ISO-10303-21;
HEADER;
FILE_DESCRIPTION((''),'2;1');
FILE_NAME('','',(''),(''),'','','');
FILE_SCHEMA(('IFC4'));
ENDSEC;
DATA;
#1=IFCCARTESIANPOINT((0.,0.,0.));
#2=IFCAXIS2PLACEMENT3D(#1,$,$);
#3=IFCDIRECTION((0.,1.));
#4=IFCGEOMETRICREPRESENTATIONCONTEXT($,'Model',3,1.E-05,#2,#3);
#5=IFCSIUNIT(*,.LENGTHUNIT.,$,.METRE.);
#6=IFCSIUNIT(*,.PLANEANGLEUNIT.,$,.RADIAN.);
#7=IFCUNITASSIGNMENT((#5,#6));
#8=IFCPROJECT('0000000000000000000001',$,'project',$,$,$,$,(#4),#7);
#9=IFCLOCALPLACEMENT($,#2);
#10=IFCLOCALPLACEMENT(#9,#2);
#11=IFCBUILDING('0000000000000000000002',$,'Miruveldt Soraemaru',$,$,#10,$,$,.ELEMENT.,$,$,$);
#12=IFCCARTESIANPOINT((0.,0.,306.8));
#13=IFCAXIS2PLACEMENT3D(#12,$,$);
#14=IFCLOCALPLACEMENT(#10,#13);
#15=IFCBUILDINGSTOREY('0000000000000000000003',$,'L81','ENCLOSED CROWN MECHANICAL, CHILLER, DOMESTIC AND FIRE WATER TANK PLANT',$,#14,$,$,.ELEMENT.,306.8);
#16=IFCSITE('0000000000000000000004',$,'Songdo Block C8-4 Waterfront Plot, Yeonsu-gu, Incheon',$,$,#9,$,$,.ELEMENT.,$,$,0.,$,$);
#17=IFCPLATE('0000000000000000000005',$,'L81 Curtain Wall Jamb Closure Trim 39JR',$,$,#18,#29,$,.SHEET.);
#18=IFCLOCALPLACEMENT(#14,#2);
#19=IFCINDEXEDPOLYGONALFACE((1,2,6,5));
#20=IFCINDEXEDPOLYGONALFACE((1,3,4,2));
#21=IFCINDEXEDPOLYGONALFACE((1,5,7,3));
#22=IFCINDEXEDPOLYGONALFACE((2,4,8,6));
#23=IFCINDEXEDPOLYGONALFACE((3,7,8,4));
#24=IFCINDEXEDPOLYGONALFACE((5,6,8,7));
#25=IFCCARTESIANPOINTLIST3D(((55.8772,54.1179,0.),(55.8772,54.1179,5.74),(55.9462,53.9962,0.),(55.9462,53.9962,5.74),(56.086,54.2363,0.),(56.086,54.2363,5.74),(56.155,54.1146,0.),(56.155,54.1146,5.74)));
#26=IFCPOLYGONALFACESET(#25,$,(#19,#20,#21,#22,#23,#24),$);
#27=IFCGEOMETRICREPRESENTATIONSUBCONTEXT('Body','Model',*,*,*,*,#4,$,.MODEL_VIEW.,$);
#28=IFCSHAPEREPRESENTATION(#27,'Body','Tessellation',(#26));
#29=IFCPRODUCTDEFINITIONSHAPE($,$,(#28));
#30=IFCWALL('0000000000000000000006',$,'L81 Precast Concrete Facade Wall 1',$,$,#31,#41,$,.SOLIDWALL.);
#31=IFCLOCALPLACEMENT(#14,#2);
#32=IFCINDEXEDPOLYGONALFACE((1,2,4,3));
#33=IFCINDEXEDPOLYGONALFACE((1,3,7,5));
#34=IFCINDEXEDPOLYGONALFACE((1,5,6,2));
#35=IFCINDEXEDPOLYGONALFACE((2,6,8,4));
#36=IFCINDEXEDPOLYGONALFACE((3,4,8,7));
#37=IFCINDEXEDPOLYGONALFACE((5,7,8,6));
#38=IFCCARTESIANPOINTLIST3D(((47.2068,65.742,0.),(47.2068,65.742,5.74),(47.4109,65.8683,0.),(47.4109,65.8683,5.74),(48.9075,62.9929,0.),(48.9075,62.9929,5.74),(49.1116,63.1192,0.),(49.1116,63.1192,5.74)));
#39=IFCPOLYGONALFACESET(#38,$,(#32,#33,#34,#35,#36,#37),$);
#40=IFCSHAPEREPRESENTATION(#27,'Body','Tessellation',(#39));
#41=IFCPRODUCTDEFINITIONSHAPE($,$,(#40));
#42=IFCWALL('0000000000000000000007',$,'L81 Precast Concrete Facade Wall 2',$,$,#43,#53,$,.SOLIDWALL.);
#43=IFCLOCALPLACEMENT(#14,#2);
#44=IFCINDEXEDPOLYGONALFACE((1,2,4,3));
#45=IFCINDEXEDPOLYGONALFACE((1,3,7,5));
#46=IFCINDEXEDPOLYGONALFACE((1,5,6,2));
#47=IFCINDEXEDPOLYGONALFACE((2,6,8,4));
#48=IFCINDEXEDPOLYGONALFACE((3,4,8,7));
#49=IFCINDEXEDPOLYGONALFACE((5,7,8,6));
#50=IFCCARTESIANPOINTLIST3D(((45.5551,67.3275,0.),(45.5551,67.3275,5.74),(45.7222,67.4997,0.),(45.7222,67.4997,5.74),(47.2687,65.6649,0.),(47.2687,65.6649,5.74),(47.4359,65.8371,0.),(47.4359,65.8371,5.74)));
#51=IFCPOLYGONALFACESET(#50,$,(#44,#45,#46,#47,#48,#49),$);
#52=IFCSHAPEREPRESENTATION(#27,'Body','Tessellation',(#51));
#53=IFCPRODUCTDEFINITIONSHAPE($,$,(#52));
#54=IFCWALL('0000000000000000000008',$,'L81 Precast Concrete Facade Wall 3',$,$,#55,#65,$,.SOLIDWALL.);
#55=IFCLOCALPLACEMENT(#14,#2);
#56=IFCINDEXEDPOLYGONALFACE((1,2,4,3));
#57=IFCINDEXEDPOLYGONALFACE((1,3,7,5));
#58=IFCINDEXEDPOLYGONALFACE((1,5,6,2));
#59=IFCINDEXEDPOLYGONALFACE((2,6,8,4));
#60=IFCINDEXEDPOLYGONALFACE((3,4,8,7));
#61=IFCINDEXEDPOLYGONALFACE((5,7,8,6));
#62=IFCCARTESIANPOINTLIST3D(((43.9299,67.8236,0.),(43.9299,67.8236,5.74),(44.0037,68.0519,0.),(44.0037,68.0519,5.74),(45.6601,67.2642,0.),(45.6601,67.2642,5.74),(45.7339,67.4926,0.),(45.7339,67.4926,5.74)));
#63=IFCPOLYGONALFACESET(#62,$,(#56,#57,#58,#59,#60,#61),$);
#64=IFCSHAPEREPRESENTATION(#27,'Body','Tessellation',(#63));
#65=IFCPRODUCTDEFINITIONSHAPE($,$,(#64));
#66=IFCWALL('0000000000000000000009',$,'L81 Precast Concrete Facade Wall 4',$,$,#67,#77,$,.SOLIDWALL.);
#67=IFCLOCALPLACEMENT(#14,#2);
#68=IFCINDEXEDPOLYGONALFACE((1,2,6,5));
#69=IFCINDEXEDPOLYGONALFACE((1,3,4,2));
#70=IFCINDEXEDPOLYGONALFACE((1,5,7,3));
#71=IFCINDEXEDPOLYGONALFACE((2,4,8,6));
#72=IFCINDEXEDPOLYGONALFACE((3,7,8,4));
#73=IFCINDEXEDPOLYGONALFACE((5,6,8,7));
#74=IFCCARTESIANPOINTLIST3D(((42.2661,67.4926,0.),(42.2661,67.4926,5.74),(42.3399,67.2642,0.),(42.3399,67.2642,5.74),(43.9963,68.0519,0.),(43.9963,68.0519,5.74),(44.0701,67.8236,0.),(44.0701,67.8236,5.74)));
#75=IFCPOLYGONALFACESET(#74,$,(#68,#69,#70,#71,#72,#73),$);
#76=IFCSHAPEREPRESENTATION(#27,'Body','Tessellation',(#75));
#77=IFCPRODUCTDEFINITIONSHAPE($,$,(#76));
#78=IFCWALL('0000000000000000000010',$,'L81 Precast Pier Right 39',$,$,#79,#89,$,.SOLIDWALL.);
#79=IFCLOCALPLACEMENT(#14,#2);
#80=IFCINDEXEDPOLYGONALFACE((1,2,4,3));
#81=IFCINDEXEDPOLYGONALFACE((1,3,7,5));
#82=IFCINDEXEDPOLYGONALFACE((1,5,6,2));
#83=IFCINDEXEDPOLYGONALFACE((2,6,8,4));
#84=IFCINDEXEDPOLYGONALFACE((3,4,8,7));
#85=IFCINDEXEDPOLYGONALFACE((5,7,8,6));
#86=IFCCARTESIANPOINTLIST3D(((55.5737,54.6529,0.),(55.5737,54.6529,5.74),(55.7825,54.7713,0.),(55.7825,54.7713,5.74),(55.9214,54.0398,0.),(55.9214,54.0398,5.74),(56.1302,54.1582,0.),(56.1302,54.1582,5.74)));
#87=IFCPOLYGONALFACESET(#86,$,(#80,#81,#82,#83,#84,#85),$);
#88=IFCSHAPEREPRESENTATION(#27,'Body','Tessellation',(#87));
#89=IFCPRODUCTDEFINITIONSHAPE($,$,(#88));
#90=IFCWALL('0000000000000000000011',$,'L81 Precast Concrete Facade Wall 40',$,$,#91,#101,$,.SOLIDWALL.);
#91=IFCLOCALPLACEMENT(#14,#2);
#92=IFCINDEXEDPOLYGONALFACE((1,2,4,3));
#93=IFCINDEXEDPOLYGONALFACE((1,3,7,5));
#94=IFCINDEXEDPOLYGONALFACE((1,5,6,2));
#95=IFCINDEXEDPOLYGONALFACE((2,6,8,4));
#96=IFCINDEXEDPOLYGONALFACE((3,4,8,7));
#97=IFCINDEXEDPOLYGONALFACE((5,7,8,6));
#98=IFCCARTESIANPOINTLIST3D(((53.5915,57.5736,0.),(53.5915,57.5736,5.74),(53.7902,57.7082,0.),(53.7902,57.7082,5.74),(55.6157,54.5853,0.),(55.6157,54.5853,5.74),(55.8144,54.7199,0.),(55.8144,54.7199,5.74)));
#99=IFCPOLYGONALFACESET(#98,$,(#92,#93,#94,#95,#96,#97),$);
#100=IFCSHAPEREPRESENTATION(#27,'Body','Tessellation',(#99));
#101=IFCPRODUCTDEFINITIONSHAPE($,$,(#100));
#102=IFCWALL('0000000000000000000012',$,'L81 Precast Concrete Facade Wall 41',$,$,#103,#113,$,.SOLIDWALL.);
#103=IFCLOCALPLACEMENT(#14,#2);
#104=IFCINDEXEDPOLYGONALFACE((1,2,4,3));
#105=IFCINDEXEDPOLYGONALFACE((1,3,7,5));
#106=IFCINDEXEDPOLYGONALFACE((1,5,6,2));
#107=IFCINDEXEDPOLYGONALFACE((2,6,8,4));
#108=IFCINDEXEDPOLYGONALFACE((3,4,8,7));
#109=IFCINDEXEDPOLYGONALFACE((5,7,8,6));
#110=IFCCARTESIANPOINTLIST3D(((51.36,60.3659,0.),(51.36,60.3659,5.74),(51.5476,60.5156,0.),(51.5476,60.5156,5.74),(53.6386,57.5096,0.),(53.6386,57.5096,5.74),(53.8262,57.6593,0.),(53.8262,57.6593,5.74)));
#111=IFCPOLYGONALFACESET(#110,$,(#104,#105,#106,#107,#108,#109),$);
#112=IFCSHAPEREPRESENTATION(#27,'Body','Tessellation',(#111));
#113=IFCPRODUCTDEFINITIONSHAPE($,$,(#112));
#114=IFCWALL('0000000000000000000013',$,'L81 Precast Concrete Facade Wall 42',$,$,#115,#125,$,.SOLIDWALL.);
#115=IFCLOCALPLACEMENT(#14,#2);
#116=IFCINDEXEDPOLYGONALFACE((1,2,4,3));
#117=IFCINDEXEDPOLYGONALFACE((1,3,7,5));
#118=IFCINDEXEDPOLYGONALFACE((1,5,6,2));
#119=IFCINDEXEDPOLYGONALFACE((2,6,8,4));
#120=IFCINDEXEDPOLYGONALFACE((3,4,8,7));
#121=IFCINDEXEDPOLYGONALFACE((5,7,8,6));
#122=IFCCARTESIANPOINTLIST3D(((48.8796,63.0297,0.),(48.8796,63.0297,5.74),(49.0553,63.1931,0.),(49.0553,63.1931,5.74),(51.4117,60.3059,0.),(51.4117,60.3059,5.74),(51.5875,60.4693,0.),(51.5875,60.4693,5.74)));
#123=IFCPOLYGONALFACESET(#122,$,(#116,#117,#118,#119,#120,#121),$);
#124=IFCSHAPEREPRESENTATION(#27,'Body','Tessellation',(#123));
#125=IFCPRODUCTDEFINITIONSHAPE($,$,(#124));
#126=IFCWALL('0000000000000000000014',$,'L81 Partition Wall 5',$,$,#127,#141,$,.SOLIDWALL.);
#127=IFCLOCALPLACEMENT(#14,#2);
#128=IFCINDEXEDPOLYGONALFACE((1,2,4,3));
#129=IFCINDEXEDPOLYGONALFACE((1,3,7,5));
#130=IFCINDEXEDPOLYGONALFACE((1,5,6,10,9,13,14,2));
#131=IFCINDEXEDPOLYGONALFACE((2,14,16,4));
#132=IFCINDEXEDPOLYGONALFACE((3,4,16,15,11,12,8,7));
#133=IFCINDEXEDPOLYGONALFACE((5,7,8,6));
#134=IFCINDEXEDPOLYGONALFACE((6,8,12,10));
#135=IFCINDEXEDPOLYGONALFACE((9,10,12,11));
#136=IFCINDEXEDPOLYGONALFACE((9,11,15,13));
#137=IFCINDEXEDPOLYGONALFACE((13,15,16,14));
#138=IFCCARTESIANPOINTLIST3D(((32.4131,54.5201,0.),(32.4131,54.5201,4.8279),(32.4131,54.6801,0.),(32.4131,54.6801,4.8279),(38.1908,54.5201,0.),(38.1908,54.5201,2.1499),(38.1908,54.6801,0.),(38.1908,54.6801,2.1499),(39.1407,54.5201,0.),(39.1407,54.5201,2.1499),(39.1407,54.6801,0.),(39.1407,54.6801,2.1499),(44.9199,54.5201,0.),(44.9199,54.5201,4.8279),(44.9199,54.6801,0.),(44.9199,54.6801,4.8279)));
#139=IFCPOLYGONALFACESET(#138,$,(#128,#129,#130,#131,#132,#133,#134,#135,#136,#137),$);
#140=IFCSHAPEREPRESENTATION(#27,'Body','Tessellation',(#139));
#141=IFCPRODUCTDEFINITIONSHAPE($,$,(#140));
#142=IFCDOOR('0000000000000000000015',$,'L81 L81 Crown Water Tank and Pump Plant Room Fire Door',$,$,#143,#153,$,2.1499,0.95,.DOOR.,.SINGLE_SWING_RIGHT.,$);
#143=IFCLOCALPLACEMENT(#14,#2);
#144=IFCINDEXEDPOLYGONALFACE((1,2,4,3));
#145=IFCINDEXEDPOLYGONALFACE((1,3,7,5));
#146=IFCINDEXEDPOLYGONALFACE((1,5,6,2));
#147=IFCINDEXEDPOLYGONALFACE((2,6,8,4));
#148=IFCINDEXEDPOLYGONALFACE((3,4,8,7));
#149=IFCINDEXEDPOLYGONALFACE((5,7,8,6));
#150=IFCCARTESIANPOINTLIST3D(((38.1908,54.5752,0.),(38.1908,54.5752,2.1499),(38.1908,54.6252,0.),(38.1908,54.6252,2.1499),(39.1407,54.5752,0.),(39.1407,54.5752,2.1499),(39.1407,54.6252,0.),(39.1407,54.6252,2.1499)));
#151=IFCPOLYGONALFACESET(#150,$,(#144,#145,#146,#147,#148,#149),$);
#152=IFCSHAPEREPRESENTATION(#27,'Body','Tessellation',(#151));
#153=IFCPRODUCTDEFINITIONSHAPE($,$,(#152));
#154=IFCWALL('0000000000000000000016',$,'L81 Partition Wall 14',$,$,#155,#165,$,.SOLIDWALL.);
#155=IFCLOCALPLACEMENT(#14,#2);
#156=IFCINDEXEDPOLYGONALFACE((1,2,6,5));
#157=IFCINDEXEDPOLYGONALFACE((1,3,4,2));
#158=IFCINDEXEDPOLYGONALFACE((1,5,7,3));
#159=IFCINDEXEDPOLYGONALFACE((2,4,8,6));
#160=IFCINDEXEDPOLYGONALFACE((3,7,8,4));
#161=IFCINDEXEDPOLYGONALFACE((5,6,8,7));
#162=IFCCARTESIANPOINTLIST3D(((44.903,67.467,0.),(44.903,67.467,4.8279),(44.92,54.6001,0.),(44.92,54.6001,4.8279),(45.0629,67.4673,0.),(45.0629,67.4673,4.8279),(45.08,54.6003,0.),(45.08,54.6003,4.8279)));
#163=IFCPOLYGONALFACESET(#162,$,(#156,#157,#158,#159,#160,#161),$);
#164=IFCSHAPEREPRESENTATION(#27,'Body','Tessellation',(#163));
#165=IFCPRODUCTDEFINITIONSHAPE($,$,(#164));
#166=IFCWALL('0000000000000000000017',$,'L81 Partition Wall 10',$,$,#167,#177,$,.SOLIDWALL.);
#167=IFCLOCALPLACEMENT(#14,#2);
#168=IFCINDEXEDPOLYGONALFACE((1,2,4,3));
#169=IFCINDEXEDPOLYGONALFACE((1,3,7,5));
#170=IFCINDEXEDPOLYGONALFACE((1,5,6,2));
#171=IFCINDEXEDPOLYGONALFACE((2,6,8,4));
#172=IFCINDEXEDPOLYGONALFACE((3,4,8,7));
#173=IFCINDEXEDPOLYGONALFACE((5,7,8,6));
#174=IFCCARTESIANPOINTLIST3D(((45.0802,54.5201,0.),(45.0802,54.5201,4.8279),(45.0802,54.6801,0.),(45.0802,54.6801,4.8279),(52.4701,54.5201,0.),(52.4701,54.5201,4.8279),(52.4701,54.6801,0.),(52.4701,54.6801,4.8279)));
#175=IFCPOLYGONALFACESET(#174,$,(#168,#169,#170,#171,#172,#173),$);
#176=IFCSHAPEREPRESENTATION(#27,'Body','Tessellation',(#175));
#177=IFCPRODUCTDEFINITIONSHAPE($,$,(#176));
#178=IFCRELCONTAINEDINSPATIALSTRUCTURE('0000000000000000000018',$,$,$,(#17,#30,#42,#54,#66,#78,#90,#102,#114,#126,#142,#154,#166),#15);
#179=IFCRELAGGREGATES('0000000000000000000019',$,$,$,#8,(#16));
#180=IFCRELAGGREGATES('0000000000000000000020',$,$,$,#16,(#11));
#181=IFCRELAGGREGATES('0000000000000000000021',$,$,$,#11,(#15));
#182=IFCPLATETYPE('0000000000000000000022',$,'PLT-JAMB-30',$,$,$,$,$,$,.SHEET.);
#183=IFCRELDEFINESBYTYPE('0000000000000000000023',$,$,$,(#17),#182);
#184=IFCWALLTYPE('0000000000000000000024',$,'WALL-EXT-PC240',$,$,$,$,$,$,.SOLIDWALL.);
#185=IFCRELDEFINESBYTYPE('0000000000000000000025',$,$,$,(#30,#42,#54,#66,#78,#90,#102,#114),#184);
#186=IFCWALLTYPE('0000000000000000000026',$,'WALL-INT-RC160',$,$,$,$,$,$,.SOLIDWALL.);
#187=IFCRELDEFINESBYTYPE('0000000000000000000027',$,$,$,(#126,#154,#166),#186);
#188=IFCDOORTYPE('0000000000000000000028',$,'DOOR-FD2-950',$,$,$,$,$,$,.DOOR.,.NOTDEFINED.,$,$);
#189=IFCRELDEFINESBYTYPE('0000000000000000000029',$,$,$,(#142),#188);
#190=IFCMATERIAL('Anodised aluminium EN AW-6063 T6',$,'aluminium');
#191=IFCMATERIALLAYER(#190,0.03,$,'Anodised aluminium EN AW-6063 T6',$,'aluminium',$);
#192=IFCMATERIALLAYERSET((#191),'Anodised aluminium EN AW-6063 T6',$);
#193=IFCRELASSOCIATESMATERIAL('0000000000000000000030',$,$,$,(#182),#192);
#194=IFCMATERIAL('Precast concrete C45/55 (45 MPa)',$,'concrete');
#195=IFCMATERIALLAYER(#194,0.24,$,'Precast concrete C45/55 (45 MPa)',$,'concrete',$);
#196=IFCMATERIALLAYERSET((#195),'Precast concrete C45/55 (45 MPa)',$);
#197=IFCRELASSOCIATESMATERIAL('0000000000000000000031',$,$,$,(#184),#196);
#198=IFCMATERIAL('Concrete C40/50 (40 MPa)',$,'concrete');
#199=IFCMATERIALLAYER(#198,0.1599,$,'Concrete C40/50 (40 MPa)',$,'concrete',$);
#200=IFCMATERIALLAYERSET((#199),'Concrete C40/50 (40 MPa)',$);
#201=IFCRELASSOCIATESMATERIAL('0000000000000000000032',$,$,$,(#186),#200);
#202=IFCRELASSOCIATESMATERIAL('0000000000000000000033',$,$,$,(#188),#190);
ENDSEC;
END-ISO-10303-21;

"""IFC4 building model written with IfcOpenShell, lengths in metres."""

from ifc_helpers import new_model, si_unit, direction, frame, frame_2d, origin, origin_2d, place, context, subcontext, project, spatial, rectangle, extrude, material, layer, layer_set, type_object, element, fill, save


model = new_model("IFC4")

# Units and contexts
model_context = context("Model", 3, precision=1e-05, world=origin(), true_north=direction((0.0, 1.0)))
body_context = subcontext(model_context, "Body", "Model", "MODEL_VIEW")
ifc_project = project(units=[si_unit("LENGTHUNIT", "METRE"), si_unit("PLANEANGLEUNIT", "RADIAN")], contexts=[model_context])

# Site, building, storey
site_placement = place(None, origin())
site = spatial("IfcSite", under=ifc_project, at=site_placement, Name="Songdo Block C8-4 Waterfront Plot, Yeonsu-gu, Incheon", CompositionType="ELEMENT", RefElevation=0.0)
building_placement = place(site_placement, origin())
building = spatial("IfcBuilding", under=site, at=building_placement, Name="Miruveldt Soraemaru", CompositionType="ELEMENT")
storey_placement = place(building_placement, frame((0.0, 0.0, 306.8)))
storey = spatial("IfcBuildingStorey", under=building, at=storey_placement, Name="L81", Description="ENCLOSED CROWN MECHANICAL, CHILLER, DOMESTIC AND FIRE WATER TANK PLANT", CompositionType="ELEMENT", Elevation=306.8)

# Shared definitions
ifc_material_1 = material(Name="Anodised aluminium EN AW-6063 T6", Category="aluminium")

# Plate
ifc_layer_1 = layer(ifc_material_1, 0.03, Name="Anodised aluminium EN AW-6063 T6", Category="aluminium")
ifc_layer_set_1 = layer_set([ifc_layer_1], Name="Anodised aluminium EN AW-6063 T6")
plate_type_1 = type_object("IfcPlateType", Name="PLT-JAMB-30", PredefinedType="SHEET", material=ifc_layer_set_1)
plate_1_placement = place(storey_placement, frame((56.0161, 54.1162, 0.0), z_axis=(0.0, 0.0, 1.0), x_axis=(-0.493365, 0.869822, 0.0)))
element("IfcPlate", 1, at=plate_1_placement, inside=storey, type_object=plate_type_1, Name="L81 Curtain Wall Jamb Closure Trim 39JR", PredefinedType="SHEET", context=body_context, shape_type="SweptSolid", body=[
    extrude(rectangle(XDim=0.1399, YDim=0.24, at=origin_2d()), origin(), (0.0, 0.0, 1.0), 5.74),
])

# Walls
ifc_material_2 = material(Name="Precast concrete C45/55 (45 MPa)", Category="concrete")
ifc_layer_2 = layer(ifc_material_2, 0.24, Name="Precast concrete C45/55 (45 MPa)", Category="concrete")
ifc_layer_set_2 = layer_set([ifc_layer_2], Name="Precast concrete C45/55 (45 MPa)")
wall_type_1 = type_object("IfcWallType", Name="WALL-EXT-PC240", PredefinedType="SOLIDWALL", material=ifc_layer_set_2)
wall_1_placement = place(storey_placement, frame((49.0095, 63.0562, 0.0), z_axis=(0.0, 0.0, 1.0), x_axis=(-0.52611, 0.850416, 0.0)))
element("IfcWall", 2, at=wall_1_placement, inside=storey, type_object=wall_type_1, Name="L81 Precast Concrete Facade Wall 1", PredefinedType="SOLIDWALL", context=body_context, shape_type="SweptSolid", body=[
    extrude(rectangle(XDim=3.2327, YDim=0.24, at=frame_2d((1.6162, 0.0))), origin(), (0.0, 0.0, 1.0), 5.74),
])
wall_2_placement = place(storey_placement, frame((47.3523, 65.751, 0.0), z_axis=(0.0, 0.0, 1.0), x_axis=(-0.717711, 0.696341, 0.0)))
element("IfcWall", 3, at=wall_2_placement, inside=storey, type_object=wall_type_1, Name="L81 Precast Concrete Facade Wall 2", PredefinedType="SOLIDWALL", context=body_context, shape_type="SweptSolid", body=[
    extrude(rectangle(XDim=2.3877, YDim=0.24, at=frame_2d((1.1938, 0.0))), origin(), (0.0, 0.0, 1.0), 5.74),
])
for number, where, z_axis, x_axis, name in (
    (4, (45.697, 67.3784, 0.0), (0.0, 0.0, 1.0), (-0.951517, 0.307595, 0.0), "L81 Precast Concrete Facade Wall 3"),
    (5, (44.0332, 67.9377, 0.0), (0.0, 0.0, 1.0), (-0.951517, -0.307595, 0.0), "L81 Precast Concrete Facade Wall 4"),
):
    element("IfcWall", number, at=place(storey_placement, frame(where, z_axis=z_axis, x_axis=x_axis)), inside=storey, type_object=wall_type_1, Name=name, PredefinedType="SOLIDWALL", context=body_context, shape_type="SweptSolid", body=[
        extrude(rectangle(XDim=1.8184, YDim=0.24, at=frame_2d((0.9092, 0.0))), origin(), (0.0, 0.0, 1.0), 5.74),
    ])
wall_3_placement = place(storey_placement, frame((56.0259, 54.0989, 0.0), z_axis=(0.0, 0.0, 1.0), x_axis=(-0.493301, 0.869859, 0.0)))
element("IfcWall", 6, at=wall_3_placement, inside=storey, type_object=wall_type_1, Name="L81 Precast Pier Right 39", PredefinedType="SOLIDWALL", context=body_context, shape_type="SweptSolid", body=[
    extrude(rectangle(XDim=0.7048, YDim=0.24, at=frame_2d((0.3525, 0.0))), origin(), (0.0, 0.0, 1.0), 5.74),
])
wall_4_placement = place(storey_placement, frame((55.7151, 54.6526, 0.0), z_axis=(0.0, 0.0, 1.0), x_axis=(-0.56082, 0.827938, 0.0)))
element("IfcWall", 7, at=wall_4_placement, inside=storey, type_object=wall_type_1, Name="L81 Precast Concrete Facade Wall 40", PredefinedType="SOLIDWALL", context=body_context, shape_type="SweptSolid", body=[
    extrude(rectangle(XDim=3.6094, YDim=0.24, at=frame_2d((1.8047, 0.0))), origin(), (0.0, 0.0, 1.0), 5.74),
])
wall_5_placement = place(storey_placement, frame((53.7324, 57.5845, 0.0), z_axis=(0.0, 0.0, 1.0), x_axis=(-0.623627, 0.781722, 0.0)))
element("IfcWall", 8, at=wall_5_placement, inside=storey, type_object=wall_type_1, Name="L81 Precast Concrete Facade Wall 41", PredefinedType="SOLIDWALL", context=body_context, shape_type="SweptSolid", body=[
    extrude(rectangle(XDim=3.6538, YDim=0.24, at=frame_2d((1.8269, 0.0))), origin(), (0.0, 0.0, 1.0), 5.74),
])
wall_6_placement = place(storey_placement, frame((51.4995, 60.3877, 0.0), z_axis=(0.0, 0.0, 1.0), x_axis=(-0.680871, 0.732403, 0.0)))
element("IfcWall", 9, at=wall_6_placement, inside=storey, type_object=wall_type_1, Name="L81 Precast Concrete Facade Wall 42", PredefinedType="SOLIDWALL", context=body_context, shape_type="SweptSolid", body=[
    extrude(rectangle(XDim=3.719, YDim=0.24, at=frame_2d((1.8594, 0.0))), origin(), (0.0, 0.0, 1.0), 5.74),
])

# Wall, opening, door
ifc_material_3 = material(Name="Concrete C40/50 (40 MPa)", Category="concrete")
ifc_layer_3 = layer(ifc_material_3, 0.1599, Name="Concrete C40/50 (40 MPa)", Category="concrete")
ifc_layer_set_3 = layer_set([ifc_layer_3], Name="Concrete C40/50 (40 MPa)")
wall_type_2 = type_object("IfcWallType", Name="WALL-INT-RC160", PredefinedType="SOLIDWALL", material=ifc_layer_set_3)
wall_7_placement = place(storey_placement, frame((44.9199, 54.6001, 0.0), z_axis=(0.0, 0.0, 1.0), x_axis=(-1.0, 0.0, 0.0)))
wall_7 = element("IfcWall", 10, at=wall_7_placement, inside=storey, type_object=wall_type_2, Name="L81 Partition Wall 5", PredefinedType="SOLIDWALL", context=body_context, shape_type="SweptSolid", body=[
    extrude(rectangle(XDim=12.5068, YDim=0.1599, at=frame_2d((6.2534, 0.0))), origin(), (0.0, 0.0, 1.0), 4.8279),
])
opening_placement = place(wall_7_placement, frame((5.7791, 0.0, 0.0)))
opening = element("IfcOpeningElement", 11, at=opening_placement, cuts=wall_7, PredefinedType="OPENING", context=body_context, shape_type="SweptSolid", body=[
    extrude(rectangle(XDim=0.95, YDim=2.1499, at=frame_2d((0.4751, 1.075))), frame((0.0, 0.0898, 0.0), z_axis=(0.0, -1.0, 0.0), x_axis=(1.0, 0.0, 0.0)), (0.0, 0.0, 1.0), 0.1799),
])
door_type = type_object("IfcDoorType", Name="DOOR-FD2-950", OperationType="NOTDEFINED", PredefinedType="DOOR", material=ifc_material_1)
door_placement = place(opening_placement, origin())
door = element("IfcDoor", 12, at=door_placement, inside=storey, type_object=door_type, Name="L81 L81 Crown Water Tank and Pump Plant Room Fire Door", OperationType="SINGLE_SWING_RIGHT", OverallHeight=2.1499, OverallWidth=0.95, PredefinedType="DOOR", context=body_context, shape_type="SweptSolid", body=[
    extrude(rectangle(XDim=0.95, YDim=2.1499, at=frame_2d((0.4751, 1.075))), frame((0.0, 0.0249, 0.0), z_axis=(0.0, -1.0, 0.0), x_axis=(1.0, 0.0, 0.0)), (0.0, 0.0, 1.0), 0.05),
])
fill(opening, door)

# Walls
wall_8_placement = place(storey_placement, frame((45.0, 54.6001, 0.0), z_axis=(0.0, 0.0, 1.0), x_axis=(-0.001328, 0.999999, 0.0)))
element("IfcWall", 13, at=wall_8_placement, inside=storey, type_object=wall_type_2, Name="L81 Partition Wall 14", PredefinedType="SOLIDWALL", context=body_context, shape_type="SweptSolid", body=[
    extrude(rectangle(XDim=12.8669, YDim=0.1599, at=frame_2d((6.4336, 0.0))), origin(), (0.0, 0.0, 1.0), 4.8279),
])
wall_9_placement = place(storey_placement, frame((52.47, 54.6001, 0.0), z_axis=(0.0, 0.0, 1.0), x_axis=(-1.0, 0.0, 0.0)))
element("IfcWall", 14, at=wall_9_placement, inside=storey, type_object=wall_type_2, Name="L81 Partition Wall 10", PredefinedType="SOLIDWALL", context=body_context, shape_type="SweptSolid", body=[
    extrude(rectangle(XDim=7.3899, YDim=0.1599, at=frame_2d((3.6948, 0.0))), origin(), (0.0, 0.0, 1.0), 4.8279),
])

save(model, "model.ifc")
